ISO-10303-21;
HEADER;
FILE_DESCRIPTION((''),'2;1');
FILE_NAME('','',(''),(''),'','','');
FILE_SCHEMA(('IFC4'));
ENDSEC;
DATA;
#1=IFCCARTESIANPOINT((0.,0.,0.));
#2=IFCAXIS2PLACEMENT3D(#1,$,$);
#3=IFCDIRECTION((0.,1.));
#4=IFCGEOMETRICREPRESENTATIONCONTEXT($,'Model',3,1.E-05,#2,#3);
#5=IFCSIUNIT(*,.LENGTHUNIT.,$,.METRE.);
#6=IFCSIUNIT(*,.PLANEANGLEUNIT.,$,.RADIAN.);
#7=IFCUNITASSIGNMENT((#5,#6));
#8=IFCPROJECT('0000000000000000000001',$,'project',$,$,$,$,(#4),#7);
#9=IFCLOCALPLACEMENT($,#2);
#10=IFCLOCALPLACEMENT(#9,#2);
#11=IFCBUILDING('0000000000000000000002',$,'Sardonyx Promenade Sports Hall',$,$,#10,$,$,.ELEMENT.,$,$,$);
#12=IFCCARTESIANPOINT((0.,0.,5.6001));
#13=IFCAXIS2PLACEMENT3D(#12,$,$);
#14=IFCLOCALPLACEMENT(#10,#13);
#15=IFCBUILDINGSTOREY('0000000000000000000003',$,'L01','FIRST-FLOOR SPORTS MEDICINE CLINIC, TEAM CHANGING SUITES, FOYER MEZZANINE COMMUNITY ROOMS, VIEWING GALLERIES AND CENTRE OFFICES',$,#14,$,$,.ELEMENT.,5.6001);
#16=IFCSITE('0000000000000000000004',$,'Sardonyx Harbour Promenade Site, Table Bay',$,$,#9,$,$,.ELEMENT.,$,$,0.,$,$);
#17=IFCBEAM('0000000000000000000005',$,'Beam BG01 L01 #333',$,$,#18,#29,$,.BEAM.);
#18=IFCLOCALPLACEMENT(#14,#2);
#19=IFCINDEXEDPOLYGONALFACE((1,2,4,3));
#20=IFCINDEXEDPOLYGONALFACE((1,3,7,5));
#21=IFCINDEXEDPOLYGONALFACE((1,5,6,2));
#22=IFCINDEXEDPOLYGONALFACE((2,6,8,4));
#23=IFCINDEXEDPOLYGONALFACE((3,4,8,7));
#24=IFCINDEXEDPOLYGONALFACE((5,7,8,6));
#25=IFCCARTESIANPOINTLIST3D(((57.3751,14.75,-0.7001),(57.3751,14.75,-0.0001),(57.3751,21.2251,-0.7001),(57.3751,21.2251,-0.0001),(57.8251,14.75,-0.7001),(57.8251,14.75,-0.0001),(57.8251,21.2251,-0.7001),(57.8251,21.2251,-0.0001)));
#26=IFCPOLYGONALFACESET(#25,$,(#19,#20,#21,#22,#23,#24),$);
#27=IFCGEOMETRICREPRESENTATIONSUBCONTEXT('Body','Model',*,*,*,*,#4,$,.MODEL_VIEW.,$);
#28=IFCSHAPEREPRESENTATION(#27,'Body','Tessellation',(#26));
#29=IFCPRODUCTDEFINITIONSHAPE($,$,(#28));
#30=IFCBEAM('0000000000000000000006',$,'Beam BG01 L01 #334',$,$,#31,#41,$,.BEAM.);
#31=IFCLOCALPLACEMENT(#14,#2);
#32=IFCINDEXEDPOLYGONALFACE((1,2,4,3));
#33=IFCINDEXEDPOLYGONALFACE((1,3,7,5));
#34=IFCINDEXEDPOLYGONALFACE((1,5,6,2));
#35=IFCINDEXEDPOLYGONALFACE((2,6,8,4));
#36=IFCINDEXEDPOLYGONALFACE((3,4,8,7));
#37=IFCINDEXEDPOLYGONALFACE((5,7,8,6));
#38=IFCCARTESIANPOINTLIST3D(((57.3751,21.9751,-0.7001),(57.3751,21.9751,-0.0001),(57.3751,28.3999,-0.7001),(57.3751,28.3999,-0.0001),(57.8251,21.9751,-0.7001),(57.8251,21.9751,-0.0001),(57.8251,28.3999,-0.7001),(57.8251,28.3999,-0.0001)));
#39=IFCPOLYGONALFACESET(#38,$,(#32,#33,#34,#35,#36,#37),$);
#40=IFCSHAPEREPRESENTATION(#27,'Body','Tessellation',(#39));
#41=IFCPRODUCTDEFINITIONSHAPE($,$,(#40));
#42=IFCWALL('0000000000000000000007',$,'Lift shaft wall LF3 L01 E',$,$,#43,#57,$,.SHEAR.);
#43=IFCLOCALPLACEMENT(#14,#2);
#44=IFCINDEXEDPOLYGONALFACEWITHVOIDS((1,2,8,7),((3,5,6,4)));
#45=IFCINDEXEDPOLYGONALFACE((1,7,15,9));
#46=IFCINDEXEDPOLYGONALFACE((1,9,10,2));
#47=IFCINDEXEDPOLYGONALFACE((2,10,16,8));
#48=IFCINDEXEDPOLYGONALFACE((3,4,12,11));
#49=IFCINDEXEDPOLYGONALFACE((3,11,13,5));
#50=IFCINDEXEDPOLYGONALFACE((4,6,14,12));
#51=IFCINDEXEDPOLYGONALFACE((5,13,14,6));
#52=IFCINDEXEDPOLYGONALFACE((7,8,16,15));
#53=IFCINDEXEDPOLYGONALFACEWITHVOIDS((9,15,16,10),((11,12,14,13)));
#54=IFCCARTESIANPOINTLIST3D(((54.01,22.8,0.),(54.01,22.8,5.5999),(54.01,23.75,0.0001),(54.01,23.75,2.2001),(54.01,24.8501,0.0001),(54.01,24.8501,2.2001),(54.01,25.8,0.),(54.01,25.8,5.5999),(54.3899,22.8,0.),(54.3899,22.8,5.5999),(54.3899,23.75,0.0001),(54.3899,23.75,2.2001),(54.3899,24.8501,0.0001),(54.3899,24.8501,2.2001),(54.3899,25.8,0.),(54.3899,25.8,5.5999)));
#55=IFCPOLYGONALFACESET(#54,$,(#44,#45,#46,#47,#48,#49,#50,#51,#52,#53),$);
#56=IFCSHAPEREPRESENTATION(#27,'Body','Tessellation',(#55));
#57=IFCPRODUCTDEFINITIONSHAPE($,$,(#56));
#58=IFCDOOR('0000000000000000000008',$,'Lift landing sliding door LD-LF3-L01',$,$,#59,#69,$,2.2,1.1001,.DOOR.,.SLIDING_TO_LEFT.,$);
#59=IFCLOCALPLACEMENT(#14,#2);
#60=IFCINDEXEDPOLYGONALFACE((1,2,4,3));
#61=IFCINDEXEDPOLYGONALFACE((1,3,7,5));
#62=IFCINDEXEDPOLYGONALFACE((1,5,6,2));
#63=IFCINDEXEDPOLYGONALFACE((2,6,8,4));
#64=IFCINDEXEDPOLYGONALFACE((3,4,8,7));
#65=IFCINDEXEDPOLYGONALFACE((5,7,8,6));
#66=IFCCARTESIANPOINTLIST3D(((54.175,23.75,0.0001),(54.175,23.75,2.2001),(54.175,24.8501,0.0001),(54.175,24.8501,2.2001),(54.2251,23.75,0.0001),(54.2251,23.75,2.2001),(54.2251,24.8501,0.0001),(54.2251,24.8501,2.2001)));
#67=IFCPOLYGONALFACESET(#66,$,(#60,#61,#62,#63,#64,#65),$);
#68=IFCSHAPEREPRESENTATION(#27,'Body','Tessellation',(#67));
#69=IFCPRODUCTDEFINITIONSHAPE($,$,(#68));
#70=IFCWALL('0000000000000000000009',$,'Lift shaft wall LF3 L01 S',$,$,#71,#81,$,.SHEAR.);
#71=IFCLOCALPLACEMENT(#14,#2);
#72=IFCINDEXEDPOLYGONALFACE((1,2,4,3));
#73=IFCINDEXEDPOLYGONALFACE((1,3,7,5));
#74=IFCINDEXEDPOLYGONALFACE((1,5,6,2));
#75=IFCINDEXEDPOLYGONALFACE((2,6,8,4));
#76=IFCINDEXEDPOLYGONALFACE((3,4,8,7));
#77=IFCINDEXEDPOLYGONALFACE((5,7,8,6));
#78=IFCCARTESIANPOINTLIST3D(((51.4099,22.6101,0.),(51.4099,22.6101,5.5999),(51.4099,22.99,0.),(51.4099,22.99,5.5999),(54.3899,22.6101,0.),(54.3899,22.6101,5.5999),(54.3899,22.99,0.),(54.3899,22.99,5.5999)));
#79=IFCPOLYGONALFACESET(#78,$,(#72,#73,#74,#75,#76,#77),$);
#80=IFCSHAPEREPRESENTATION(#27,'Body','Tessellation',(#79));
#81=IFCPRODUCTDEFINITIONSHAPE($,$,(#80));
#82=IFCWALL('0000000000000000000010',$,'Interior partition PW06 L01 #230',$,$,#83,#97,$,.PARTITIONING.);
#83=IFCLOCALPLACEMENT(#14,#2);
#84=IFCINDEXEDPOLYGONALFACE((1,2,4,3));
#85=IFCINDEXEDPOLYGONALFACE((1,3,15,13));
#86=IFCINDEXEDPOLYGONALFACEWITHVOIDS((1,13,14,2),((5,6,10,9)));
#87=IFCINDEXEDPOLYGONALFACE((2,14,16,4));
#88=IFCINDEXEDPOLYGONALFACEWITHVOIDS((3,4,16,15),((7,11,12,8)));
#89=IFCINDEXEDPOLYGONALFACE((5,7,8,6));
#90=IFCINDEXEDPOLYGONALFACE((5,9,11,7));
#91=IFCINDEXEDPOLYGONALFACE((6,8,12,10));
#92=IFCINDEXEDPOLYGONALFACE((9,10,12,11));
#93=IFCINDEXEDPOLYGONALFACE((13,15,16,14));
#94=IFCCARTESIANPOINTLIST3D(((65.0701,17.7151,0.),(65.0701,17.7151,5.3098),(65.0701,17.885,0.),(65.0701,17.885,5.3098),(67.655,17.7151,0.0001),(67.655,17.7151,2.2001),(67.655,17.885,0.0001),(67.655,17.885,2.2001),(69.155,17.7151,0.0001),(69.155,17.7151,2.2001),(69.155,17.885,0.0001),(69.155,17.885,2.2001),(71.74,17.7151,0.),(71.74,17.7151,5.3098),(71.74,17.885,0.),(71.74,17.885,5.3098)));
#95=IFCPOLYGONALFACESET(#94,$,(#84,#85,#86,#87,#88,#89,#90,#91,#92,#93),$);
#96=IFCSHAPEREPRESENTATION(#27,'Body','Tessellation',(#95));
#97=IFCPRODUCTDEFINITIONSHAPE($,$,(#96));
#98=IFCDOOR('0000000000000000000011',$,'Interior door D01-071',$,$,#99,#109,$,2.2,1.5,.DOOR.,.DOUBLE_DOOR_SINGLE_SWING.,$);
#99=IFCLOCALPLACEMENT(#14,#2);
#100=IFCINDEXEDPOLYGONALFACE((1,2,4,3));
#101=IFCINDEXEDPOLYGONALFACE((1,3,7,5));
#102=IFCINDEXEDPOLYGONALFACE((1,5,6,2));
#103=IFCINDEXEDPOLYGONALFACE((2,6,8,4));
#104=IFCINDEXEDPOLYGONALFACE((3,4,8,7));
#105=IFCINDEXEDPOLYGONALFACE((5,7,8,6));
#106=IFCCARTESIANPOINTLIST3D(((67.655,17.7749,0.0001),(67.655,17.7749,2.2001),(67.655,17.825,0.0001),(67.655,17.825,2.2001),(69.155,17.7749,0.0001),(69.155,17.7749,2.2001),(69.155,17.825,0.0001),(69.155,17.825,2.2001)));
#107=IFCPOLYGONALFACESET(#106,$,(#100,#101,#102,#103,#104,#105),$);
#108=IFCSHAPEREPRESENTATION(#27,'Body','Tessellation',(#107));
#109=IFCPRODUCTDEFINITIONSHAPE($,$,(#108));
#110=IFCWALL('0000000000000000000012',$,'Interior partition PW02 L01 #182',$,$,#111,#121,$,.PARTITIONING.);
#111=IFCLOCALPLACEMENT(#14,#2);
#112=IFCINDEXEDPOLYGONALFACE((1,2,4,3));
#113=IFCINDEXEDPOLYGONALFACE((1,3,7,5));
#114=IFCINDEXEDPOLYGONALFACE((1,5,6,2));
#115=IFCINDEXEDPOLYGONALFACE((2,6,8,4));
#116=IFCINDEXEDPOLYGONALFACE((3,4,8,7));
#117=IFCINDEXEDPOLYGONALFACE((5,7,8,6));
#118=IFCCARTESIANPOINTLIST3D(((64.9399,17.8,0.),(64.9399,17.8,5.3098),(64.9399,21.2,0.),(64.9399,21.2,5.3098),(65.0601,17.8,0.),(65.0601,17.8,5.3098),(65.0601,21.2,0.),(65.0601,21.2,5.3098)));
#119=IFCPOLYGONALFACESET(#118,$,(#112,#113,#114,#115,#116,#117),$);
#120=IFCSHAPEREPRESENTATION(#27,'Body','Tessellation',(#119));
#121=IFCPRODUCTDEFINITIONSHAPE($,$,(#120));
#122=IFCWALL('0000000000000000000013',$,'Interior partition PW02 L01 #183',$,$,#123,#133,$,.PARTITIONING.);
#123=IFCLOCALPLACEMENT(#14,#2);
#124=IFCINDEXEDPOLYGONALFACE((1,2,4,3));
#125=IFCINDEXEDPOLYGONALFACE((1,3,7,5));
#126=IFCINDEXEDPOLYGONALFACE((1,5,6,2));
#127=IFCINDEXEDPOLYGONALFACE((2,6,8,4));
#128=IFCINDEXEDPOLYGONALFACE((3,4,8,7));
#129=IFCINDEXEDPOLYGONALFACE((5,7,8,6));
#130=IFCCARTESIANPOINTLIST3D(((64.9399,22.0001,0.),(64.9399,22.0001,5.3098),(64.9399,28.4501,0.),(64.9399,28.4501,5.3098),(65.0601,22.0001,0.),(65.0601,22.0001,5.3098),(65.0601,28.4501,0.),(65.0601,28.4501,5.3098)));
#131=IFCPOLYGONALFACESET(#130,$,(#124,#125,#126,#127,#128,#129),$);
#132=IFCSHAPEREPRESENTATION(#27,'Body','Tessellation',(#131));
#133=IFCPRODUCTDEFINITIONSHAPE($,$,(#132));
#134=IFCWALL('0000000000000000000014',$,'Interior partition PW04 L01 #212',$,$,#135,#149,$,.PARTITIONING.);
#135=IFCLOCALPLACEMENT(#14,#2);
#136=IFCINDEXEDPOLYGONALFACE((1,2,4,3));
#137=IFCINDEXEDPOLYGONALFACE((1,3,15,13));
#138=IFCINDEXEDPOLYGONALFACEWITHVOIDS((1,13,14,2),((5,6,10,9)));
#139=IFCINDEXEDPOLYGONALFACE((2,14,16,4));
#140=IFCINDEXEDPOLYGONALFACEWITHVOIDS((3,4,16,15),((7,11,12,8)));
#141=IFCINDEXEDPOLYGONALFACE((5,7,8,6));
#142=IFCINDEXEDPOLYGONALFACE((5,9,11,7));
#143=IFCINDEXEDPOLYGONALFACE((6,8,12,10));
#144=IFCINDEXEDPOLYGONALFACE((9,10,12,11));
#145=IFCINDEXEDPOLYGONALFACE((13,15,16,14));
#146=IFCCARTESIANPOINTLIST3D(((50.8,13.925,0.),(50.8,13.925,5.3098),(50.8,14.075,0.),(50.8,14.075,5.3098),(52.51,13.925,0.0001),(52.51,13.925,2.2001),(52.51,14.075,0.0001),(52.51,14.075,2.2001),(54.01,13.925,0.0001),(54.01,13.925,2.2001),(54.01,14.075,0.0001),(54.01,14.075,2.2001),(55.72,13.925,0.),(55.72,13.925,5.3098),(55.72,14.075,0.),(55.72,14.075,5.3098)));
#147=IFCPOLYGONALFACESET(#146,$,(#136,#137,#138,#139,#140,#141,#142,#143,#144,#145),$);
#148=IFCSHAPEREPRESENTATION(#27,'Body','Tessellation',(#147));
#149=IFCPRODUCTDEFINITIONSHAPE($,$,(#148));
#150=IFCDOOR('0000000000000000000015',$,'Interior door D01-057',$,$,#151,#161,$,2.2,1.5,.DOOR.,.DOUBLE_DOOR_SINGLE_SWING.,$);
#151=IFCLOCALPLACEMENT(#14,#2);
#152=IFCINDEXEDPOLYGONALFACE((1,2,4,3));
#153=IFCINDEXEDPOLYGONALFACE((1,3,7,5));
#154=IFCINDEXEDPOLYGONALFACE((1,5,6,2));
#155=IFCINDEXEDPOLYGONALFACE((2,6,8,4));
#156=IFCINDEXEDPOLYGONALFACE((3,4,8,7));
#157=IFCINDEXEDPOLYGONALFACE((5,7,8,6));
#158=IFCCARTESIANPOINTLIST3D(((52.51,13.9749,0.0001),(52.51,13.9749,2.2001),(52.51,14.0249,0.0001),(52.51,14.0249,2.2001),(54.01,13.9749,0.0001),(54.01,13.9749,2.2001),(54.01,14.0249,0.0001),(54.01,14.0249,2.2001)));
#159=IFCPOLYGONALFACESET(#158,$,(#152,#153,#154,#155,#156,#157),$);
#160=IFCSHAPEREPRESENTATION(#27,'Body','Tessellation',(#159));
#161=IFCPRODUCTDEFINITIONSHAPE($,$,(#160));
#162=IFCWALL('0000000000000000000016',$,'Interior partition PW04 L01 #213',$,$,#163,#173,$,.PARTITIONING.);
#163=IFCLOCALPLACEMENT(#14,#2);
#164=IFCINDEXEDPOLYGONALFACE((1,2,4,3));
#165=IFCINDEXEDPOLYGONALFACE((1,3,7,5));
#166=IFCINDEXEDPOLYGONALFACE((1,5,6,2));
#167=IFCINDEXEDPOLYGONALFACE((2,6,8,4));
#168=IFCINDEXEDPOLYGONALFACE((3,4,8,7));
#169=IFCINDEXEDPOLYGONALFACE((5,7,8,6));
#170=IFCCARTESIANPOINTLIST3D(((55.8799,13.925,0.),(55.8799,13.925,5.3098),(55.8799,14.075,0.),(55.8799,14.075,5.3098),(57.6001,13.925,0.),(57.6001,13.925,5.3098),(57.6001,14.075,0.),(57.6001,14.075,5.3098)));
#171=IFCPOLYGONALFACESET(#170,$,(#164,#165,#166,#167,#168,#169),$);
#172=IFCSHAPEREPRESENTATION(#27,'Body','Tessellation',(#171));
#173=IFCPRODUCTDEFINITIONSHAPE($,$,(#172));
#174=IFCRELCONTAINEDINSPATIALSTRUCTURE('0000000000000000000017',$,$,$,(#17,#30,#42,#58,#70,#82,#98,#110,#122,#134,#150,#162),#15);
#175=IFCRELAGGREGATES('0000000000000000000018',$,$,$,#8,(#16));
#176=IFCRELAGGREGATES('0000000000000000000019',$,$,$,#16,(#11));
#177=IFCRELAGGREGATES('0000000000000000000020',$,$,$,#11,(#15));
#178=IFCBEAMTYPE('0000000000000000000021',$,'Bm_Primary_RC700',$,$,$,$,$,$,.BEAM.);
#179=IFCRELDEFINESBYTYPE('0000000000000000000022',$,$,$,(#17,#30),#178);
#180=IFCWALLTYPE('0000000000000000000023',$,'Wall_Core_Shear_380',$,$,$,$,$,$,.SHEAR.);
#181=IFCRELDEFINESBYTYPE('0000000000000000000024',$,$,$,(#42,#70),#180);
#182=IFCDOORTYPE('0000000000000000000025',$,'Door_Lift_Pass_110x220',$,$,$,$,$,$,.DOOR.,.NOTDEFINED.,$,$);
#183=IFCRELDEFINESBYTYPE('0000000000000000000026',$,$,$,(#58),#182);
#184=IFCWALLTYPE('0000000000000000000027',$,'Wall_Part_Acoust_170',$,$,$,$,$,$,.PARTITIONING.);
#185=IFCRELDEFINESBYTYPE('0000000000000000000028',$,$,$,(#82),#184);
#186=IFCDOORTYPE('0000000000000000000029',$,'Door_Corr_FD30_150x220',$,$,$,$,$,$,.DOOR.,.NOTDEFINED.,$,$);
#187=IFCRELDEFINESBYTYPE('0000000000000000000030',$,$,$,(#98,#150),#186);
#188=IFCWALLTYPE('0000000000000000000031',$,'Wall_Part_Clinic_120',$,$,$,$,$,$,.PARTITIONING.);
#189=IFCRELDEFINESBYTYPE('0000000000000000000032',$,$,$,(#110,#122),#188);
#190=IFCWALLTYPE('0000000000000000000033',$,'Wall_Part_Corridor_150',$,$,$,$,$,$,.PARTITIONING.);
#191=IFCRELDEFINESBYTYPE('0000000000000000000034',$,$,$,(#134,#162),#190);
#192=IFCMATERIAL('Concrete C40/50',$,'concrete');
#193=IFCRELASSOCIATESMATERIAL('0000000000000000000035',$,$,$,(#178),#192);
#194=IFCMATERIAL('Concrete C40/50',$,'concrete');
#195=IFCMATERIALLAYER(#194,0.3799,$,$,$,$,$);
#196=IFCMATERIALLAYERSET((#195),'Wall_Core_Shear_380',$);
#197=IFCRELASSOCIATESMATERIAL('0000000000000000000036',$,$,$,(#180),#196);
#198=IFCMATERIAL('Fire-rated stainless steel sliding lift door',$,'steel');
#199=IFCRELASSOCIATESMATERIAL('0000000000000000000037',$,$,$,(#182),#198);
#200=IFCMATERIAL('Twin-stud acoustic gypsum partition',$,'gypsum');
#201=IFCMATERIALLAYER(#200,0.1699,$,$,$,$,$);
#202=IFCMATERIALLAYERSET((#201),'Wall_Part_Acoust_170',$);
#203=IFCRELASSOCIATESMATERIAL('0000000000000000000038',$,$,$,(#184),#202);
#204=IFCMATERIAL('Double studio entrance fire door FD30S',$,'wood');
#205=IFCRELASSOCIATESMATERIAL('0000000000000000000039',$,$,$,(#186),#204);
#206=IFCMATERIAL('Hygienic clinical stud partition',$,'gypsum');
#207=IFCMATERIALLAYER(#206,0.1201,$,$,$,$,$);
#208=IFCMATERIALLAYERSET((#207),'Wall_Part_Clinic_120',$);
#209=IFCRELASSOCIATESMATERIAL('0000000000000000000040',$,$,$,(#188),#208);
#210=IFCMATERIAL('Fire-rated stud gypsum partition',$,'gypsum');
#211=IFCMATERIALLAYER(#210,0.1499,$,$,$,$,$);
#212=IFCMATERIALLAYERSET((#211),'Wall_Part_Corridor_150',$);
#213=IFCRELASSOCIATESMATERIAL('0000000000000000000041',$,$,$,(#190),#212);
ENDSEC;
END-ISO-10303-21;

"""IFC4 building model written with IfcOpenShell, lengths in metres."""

from ifc_helpers import new_model, si_unit, direction, frame, frame_2d, origin, origin_2d, place, context, subcontext, project, spatial, rectangle, extrude, material, layer, layer_set, material_profile, profile_set, type_object, element, fill, save


model = new_model("IFC4")

# Units and contexts
model_context = context("Model", 3, precision=1e-05, world=origin(), true_north=direction((0.0, 1.0)))
body_context = subcontext(model_context, "Body", "Model", "MODEL_VIEW")
ifc_project = project(units=[si_unit("LENGTHUNIT", "METRE"), si_unit("PLANEANGLEUNIT", "RADIAN")], contexts=[model_context])

# Site, building, storey
site_placement = place(None, origin())
site = spatial("IfcSite", under=ifc_project, at=site_placement, Name="Sardonyx Harbour Promenade Site, Table Bay", CompositionType="ELEMENT", RefElevation=0.0)
building_placement = place(site_placement, origin())
building = spatial("IfcBuilding", under=site, at=building_placement, Name="Sardonyx Promenade Sports Hall", CompositionType="ELEMENT")
storey_placement = place(building_placement, frame((0.0, 0.0, 5.6001)))
storey = spatial("IfcBuildingStorey", under=building, at=storey_placement, Name="L01", Description="FIRST-FLOOR SPORTS MEDICINE CLINIC, TEAM CHANGING SUITES, FOYER MEZZANINE COMMUNITY ROOMS, VIEWING GALLERIES AND CENTRE OFFICES", CompositionType="ELEMENT", Elevation=5.6001)

# Beams
ifc_material_1 = material(Name="Concrete C40/50", Category="concrete")
ifc_material_profile_1 = material_profile(ifc_material_1, rectangle(XDim=0.45, YDim=0.7, at=origin_2d()))
ifc_profile_set_1 = profile_set([ifc_material_profile_1], Name="Concrete C40/50")
beam_type_1 = type_object("IfcBeamType", Name="Bm_Primary_RC700", PredefinedType="BEAM", material=ifc_profile_set_1)
beam_1_placement = place(storey_placement, frame((57.6001, 14.75, -0.3501), z_axis=(0.0, 1.0, 0.0), x_axis=(-1.0, 0.0, 0.0)))
element("IfcBeam", 1, at=beam_1_placement, inside=storey, type_object=beam_type_1, Name="Beam BG01 L01 #333", PredefinedType="BEAM", context=body_context, shape_type="SweptSolid", body=[
    extrude(rectangle(XDim=0.45, YDim=0.7, at=origin_2d()), origin(), (0.0, 0.0, 1.0), 6.4751),
])
beam_2_placement = place(storey_placement, frame((57.6001, 21.9751, -0.3501), z_axis=(0.0, 1.0, 0.0), x_axis=(-1.0, 0.0, 0.0)))
element("IfcBeam", 2, at=beam_2_placement, inside=storey, type_object=beam_type_1, Name="Beam BG01 L01 #334", PredefinedType="BEAM", context=body_context, shape_type="SweptSolid", body=[
    extrude(rectangle(XDim=0.45, YDim=0.7, at=origin_2d()), origin(), (0.0, 0.0, 1.0), 6.4248),
])

# Wall, opening, door
ifc_material_2 = material(Name="Concrete C40/50", Category="concrete")
ifc_layer_1 = layer(ifc_material_2, 0.3799)
ifc_layer_set_1 = layer_set([ifc_layer_1], Name="Wall_Core_Shear_380")
wall_type_1 = type_object("IfcWallType", Name="Wall_Core_Shear_380", PredefinedType="SHEAR", material=ifc_layer_set_1)
wall_1_placement = place(storey_placement, frame((54.2, 22.8, 0.0), z_axis=(0.0, 0.0, 1.0), x_axis=(0.0, 1.0, 0.0)))
wall_1 = element("IfcWall", 3, at=wall_1_placement, inside=storey, type_object=wall_type_1, Name="Lift shaft wall LF3 L01 E", PredefinedType="SHEAR", context=body_context, shape_type="SweptSolid", body=[
    extrude(rectangle(XDim=3.0, YDim=0.3799, at=frame_2d((1.5, 0.0))), origin(), (0.0, 0.0, 1.0), 5.5999),
])
opening_1_placement = place(wall_1_placement, frame((0.95, 0.0, 0.0)))
opening_1 = element("IfcOpeningElement", 4, at=opening_1_placement, cuts=wall_1, PredefinedType="OPENING", context=body_context, shape_type="SweptSolid", body=[
    extrude(rectangle(XDim=1.1001, YDim=2.2, at=frame_2d((0.55, 1.1001))), frame((0.0, 0.2, 0.0), z_axis=(0.0, -1.0, 0.0), x_axis=(1.0, 0.0, 0.0)), (0.0, 0.0, 1.0), 0.4),
])
ifc_material_3 = material(Name="Fire-rated stainless steel sliding lift door", Category="steel")
door_type_1 = type_object("IfcDoorType", Name="Door_Lift_Pass_110x220", OperationType="NOTDEFINED", PredefinedType="DOOR", material=ifc_material_3)
door_1_placement = place(opening_1_placement, origin())
door_1 = element("IfcDoor", 5, at=door_1_placement, inside=storey, type_object=door_type_1, Name="Lift landing sliding door LD-LF3-L01", OperationType="SLIDING_TO_LEFT", OverallHeight=2.2, OverallWidth=1.1001, PredefinedType="DOOR", context=body_context, shape_type="SweptSolid", body=[
    extrude(rectangle(XDim=1.1001, YDim=2.2, at=frame_2d((0.55, 1.1001))), frame((0.0, 0.0249, 0.0), z_axis=(0.0, -1.0, 0.0), x_axis=(1.0, 0.0, 0.0)), (0.0, 0.0, 1.0), 0.05),
])
fill(opening_1, door_1)

# Wall
wall_2_placement = place(storey_placement, frame((54.3899, 22.8, 0.0), z_axis=(0.0, 0.0, 1.0), x_axis=(-1.0, 0.0, 0.0)))
element("IfcWall", 6, at=wall_2_placement, inside=storey, type_object=wall_type_1, Name="Lift shaft wall LF3 L01 S", PredefinedType="SHEAR", context=body_context, shape_type="SweptSolid", body=[
    extrude(rectangle(XDim=2.98, YDim=0.3799, at=frame_2d((1.49, 0.0))), origin(), (0.0, 0.0, 1.0), 5.5999),
])

# Wall, opening, door
ifc_material_4 = material(Name="Twin-stud acoustic gypsum partition", Category="gypsum")
ifc_layer_2 = layer(ifc_material_4, 0.1699)
ifc_layer_set_2 = layer_set([ifc_layer_2], Name="Wall_Part_Acoust_170")
wall_type_2 = type_object("IfcWallType", Name="Wall_Part_Acoust_170", PredefinedType="PARTITIONING", material=ifc_layer_set_2)
wall_3_placement = place(storey_placement, frame((65.0701, 17.8, 0.0), z_axis=(0.0, 0.0, 1.0), x_axis=(1.0, 0.0, 0.0)))
wall_3 = element("IfcWall", 7, at=wall_3_placement, inside=storey, type_object=wall_type_2, Name="Interior partition PW06 L01 #230", PredefinedType="PARTITIONING", context=body_context, shape_type="SweptSolid", body=[
    extrude(rectangle(XDim=6.6699, YDim=0.1699, at=frame_2d((3.335, 0.0))), origin(), (0.0, 0.0, 1.0), 5.3098),
])
opening_2_placement = place(wall_3_placement, frame((2.585, 0.0, 0.0)))
opening_2 = element("IfcOpeningElement", 8, at=opening_2_placement, cuts=wall_3, PredefinedType="OPENING", context=body_context, shape_type="SweptSolid", body=[
    extrude(rectangle(XDim=1.5, YDim=2.2, at=frame_2d((0.75, 1.1001))), frame((0.0, 0.095, 0.0), z_axis=(0.0, -1.0, 0.0), x_axis=(1.0, 0.0, 0.0)), (0.0, 0.0, 1.0), 0.19),
])
ifc_material_5 = material(Name="Double studio entrance fire door FD30S", Category="wood")
door_type_2 = type_object("IfcDoorType", Name="Door_Corr_FD30_150x220", OperationType="NOTDEFINED", PredefinedType="DOOR", material=ifc_material_5)
door_2_placement = place(opening_2_placement, origin())
door_2 = element("IfcDoor", 9, at=door_2_placement, inside=storey, type_object=door_type_2, Name="Interior door D01-071", OperationType="DOUBLE_DOOR_SINGLE_SWING", OverallHeight=2.2, OverallWidth=1.5, PredefinedType="DOOR", context=body_context, shape_type="SweptSolid", body=[
    extrude(rectangle(XDim=1.5, YDim=2.2, at=frame_2d((0.75, 1.1001))), frame((0.0, 0.0249, 0.0), z_axis=(0.0, -1.0, 0.0), x_axis=(1.0, 0.0, 0.0)), (0.0, 0.0, 1.0), 0.05),
])
fill(opening_2, door_2)

# Walls
ifc_material_6 = material(Name="Hygienic clinical stud partition", Category="gypsum")
ifc_layer_3 = layer(ifc_material_6, 0.1201)
ifc_layer_set_3 = layer_set([ifc_layer_3], Name="Wall_Part_Clinic_120")
wall_type_3 = type_object("IfcWallType", Name="Wall_Part_Clinic_120", PredefinedType="PARTITIONING", material=ifc_layer_set_3)
wall_4_placement = place(storey_placement, frame((65.0, 17.8, 0.0), z_axis=(0.0, 0.0, 1.0), x_axis=(0.0, 1.0, 0.0)))
element("IfcWall", 10, at=wall_4_placement, inside=storey, type_object=wall_type_3, Name="Interior partition PW02 L01 #182", PredefinedType="PARTITIONING", context=body_context, shape_type="SweptSolid", body=[
    extrude(rectangle(XDim=3.3999, YDim=0.1201, at=frame_2d((1.7, 0.0))), origin(), (0.0, 0.0, 1.0), 5.3098),
])
wall_5_placement = place(storey_placement, frame((65.0, 22.0, 0.0), z_axis=(0.0, 0.0, 1.0), x_axis=(0.0, 1.0, 0.0)))
element("IfcWall", 11, at=wall_5_placement, inside=storey, type_object=wall_type_3, Name="Interior partition PW02 L01 #183", PredefinedType="PARTITIONING", context=body_context, shape_type="SweptSolid", body=[
    extrude(rectangle(XDim=6.45, YDim=0.1201, at=frame_2d((3.2251, 0.0))), origin(), (0.0, 0.0, 1.0), 5.3098),
])

# Wall, opening, door
ifc_material_7 = material(Name="Fire-rated stud gypsum partition", Category="gypsum")
ifc_layer_4 = layer(ifc_material_7, 0.1499)
ifc_layer_set_4 = layer_set([ifc_layer_4], Name="Wall_Part_Corridor_150")
wall_type_4 = type_object("IfcWallType", Name="Wall_Part_Corridor_150", PredefinedType="PARTITIONING", material=ifc_layer_set_4)
wall_6_placement = place(storey_placement, frame((50.8, 14.0, 0.0), z_axis=(0.0, 0.0, 1.0), x_axis=(1.0, 0.0, 0.0)))
wall_6 = element("IfcWall", 12, at=wall_6_placement, inside=storey, type_object=wall_type_4, Name="Interior partition PW04 L01 #212", PredefinedType="PARTITIONING", context=body_context, shape_type="SweptSolid", body=[
    extrude(rectangle(XDim=4.9199, YDim=0.1499, at=frame_2d((2.46, 0.0))), origin(), (0.0, 0.0, 1.0), 5.3098),
])
opening_3_placement = place(wall_6_placement, frame((1.71, 0.0, 0.0)))
opening_3 = element("IfcOpeningElement", 13, at=opening_3_placement, cuts=wall_6, PredefinedType="OPENING", context=body_context, shape_type="SweptSolid", body=[
    extrude(rectangle(XDim=1.5, YDim=2.2, at=frame_2d((0.75, 1.1001))), frame((0.0, 0.085, 0.0), z_axis=(0.0, -1.0, 0.0), x_axis=(1.0, 0.0, 0.0)), (0.0, 0.0, 1.0), 0.17),
])
door_3_placement = place(opening_3_placement, origin())
door_3 = element("IfcDoor", 14, at=door_3_placement, inside=storey, type_object=door_type_2, Name="Interior door D01-057", OperationType="DOUBLE_DOOR_SINGLE_SWING", OverallHeight=2.2, OverallWidth=1.5, PredefinedType="DOOR", context=body_context, shape_type="SweptSolid", body=[
    extrude(rectangle(XDim=1.5, YDim=2.2, at=frame_2d((0.75, 1.1001))), frame((0.0, 0.0249, 0.0), z_axis=(0.0, -1.0, 0.0), x_axis=(1.0, 0.0, 0.0)), (0.0, 0.0, 1.0), 0.05),
])
fill(opening_3, door_3)

# Wall
wall_7_placement = place(storey_placement, frame((55.8799, 14.0, 0.0), z_axis=(0.0, 0.0, 1.0), x_axis=(1.0, 0.0, 0.0)))
element("IfcWall", 15, at=wall_7_placement, inside=storey, type_object=wall_type_4, Name="Interior partition PW04 L01 #213", PredefinedType="PARTITIONING", context=body_context, shape_type="SweptSolid", body=[
    extrude(rectangle(XDim=1.7202, YDim=0.1499, at=frame_2d((0.8601, 0.0))), origin(), (0.0, 0.0, 1.0), 5.3098),
])

save(model, "model.ifc")
